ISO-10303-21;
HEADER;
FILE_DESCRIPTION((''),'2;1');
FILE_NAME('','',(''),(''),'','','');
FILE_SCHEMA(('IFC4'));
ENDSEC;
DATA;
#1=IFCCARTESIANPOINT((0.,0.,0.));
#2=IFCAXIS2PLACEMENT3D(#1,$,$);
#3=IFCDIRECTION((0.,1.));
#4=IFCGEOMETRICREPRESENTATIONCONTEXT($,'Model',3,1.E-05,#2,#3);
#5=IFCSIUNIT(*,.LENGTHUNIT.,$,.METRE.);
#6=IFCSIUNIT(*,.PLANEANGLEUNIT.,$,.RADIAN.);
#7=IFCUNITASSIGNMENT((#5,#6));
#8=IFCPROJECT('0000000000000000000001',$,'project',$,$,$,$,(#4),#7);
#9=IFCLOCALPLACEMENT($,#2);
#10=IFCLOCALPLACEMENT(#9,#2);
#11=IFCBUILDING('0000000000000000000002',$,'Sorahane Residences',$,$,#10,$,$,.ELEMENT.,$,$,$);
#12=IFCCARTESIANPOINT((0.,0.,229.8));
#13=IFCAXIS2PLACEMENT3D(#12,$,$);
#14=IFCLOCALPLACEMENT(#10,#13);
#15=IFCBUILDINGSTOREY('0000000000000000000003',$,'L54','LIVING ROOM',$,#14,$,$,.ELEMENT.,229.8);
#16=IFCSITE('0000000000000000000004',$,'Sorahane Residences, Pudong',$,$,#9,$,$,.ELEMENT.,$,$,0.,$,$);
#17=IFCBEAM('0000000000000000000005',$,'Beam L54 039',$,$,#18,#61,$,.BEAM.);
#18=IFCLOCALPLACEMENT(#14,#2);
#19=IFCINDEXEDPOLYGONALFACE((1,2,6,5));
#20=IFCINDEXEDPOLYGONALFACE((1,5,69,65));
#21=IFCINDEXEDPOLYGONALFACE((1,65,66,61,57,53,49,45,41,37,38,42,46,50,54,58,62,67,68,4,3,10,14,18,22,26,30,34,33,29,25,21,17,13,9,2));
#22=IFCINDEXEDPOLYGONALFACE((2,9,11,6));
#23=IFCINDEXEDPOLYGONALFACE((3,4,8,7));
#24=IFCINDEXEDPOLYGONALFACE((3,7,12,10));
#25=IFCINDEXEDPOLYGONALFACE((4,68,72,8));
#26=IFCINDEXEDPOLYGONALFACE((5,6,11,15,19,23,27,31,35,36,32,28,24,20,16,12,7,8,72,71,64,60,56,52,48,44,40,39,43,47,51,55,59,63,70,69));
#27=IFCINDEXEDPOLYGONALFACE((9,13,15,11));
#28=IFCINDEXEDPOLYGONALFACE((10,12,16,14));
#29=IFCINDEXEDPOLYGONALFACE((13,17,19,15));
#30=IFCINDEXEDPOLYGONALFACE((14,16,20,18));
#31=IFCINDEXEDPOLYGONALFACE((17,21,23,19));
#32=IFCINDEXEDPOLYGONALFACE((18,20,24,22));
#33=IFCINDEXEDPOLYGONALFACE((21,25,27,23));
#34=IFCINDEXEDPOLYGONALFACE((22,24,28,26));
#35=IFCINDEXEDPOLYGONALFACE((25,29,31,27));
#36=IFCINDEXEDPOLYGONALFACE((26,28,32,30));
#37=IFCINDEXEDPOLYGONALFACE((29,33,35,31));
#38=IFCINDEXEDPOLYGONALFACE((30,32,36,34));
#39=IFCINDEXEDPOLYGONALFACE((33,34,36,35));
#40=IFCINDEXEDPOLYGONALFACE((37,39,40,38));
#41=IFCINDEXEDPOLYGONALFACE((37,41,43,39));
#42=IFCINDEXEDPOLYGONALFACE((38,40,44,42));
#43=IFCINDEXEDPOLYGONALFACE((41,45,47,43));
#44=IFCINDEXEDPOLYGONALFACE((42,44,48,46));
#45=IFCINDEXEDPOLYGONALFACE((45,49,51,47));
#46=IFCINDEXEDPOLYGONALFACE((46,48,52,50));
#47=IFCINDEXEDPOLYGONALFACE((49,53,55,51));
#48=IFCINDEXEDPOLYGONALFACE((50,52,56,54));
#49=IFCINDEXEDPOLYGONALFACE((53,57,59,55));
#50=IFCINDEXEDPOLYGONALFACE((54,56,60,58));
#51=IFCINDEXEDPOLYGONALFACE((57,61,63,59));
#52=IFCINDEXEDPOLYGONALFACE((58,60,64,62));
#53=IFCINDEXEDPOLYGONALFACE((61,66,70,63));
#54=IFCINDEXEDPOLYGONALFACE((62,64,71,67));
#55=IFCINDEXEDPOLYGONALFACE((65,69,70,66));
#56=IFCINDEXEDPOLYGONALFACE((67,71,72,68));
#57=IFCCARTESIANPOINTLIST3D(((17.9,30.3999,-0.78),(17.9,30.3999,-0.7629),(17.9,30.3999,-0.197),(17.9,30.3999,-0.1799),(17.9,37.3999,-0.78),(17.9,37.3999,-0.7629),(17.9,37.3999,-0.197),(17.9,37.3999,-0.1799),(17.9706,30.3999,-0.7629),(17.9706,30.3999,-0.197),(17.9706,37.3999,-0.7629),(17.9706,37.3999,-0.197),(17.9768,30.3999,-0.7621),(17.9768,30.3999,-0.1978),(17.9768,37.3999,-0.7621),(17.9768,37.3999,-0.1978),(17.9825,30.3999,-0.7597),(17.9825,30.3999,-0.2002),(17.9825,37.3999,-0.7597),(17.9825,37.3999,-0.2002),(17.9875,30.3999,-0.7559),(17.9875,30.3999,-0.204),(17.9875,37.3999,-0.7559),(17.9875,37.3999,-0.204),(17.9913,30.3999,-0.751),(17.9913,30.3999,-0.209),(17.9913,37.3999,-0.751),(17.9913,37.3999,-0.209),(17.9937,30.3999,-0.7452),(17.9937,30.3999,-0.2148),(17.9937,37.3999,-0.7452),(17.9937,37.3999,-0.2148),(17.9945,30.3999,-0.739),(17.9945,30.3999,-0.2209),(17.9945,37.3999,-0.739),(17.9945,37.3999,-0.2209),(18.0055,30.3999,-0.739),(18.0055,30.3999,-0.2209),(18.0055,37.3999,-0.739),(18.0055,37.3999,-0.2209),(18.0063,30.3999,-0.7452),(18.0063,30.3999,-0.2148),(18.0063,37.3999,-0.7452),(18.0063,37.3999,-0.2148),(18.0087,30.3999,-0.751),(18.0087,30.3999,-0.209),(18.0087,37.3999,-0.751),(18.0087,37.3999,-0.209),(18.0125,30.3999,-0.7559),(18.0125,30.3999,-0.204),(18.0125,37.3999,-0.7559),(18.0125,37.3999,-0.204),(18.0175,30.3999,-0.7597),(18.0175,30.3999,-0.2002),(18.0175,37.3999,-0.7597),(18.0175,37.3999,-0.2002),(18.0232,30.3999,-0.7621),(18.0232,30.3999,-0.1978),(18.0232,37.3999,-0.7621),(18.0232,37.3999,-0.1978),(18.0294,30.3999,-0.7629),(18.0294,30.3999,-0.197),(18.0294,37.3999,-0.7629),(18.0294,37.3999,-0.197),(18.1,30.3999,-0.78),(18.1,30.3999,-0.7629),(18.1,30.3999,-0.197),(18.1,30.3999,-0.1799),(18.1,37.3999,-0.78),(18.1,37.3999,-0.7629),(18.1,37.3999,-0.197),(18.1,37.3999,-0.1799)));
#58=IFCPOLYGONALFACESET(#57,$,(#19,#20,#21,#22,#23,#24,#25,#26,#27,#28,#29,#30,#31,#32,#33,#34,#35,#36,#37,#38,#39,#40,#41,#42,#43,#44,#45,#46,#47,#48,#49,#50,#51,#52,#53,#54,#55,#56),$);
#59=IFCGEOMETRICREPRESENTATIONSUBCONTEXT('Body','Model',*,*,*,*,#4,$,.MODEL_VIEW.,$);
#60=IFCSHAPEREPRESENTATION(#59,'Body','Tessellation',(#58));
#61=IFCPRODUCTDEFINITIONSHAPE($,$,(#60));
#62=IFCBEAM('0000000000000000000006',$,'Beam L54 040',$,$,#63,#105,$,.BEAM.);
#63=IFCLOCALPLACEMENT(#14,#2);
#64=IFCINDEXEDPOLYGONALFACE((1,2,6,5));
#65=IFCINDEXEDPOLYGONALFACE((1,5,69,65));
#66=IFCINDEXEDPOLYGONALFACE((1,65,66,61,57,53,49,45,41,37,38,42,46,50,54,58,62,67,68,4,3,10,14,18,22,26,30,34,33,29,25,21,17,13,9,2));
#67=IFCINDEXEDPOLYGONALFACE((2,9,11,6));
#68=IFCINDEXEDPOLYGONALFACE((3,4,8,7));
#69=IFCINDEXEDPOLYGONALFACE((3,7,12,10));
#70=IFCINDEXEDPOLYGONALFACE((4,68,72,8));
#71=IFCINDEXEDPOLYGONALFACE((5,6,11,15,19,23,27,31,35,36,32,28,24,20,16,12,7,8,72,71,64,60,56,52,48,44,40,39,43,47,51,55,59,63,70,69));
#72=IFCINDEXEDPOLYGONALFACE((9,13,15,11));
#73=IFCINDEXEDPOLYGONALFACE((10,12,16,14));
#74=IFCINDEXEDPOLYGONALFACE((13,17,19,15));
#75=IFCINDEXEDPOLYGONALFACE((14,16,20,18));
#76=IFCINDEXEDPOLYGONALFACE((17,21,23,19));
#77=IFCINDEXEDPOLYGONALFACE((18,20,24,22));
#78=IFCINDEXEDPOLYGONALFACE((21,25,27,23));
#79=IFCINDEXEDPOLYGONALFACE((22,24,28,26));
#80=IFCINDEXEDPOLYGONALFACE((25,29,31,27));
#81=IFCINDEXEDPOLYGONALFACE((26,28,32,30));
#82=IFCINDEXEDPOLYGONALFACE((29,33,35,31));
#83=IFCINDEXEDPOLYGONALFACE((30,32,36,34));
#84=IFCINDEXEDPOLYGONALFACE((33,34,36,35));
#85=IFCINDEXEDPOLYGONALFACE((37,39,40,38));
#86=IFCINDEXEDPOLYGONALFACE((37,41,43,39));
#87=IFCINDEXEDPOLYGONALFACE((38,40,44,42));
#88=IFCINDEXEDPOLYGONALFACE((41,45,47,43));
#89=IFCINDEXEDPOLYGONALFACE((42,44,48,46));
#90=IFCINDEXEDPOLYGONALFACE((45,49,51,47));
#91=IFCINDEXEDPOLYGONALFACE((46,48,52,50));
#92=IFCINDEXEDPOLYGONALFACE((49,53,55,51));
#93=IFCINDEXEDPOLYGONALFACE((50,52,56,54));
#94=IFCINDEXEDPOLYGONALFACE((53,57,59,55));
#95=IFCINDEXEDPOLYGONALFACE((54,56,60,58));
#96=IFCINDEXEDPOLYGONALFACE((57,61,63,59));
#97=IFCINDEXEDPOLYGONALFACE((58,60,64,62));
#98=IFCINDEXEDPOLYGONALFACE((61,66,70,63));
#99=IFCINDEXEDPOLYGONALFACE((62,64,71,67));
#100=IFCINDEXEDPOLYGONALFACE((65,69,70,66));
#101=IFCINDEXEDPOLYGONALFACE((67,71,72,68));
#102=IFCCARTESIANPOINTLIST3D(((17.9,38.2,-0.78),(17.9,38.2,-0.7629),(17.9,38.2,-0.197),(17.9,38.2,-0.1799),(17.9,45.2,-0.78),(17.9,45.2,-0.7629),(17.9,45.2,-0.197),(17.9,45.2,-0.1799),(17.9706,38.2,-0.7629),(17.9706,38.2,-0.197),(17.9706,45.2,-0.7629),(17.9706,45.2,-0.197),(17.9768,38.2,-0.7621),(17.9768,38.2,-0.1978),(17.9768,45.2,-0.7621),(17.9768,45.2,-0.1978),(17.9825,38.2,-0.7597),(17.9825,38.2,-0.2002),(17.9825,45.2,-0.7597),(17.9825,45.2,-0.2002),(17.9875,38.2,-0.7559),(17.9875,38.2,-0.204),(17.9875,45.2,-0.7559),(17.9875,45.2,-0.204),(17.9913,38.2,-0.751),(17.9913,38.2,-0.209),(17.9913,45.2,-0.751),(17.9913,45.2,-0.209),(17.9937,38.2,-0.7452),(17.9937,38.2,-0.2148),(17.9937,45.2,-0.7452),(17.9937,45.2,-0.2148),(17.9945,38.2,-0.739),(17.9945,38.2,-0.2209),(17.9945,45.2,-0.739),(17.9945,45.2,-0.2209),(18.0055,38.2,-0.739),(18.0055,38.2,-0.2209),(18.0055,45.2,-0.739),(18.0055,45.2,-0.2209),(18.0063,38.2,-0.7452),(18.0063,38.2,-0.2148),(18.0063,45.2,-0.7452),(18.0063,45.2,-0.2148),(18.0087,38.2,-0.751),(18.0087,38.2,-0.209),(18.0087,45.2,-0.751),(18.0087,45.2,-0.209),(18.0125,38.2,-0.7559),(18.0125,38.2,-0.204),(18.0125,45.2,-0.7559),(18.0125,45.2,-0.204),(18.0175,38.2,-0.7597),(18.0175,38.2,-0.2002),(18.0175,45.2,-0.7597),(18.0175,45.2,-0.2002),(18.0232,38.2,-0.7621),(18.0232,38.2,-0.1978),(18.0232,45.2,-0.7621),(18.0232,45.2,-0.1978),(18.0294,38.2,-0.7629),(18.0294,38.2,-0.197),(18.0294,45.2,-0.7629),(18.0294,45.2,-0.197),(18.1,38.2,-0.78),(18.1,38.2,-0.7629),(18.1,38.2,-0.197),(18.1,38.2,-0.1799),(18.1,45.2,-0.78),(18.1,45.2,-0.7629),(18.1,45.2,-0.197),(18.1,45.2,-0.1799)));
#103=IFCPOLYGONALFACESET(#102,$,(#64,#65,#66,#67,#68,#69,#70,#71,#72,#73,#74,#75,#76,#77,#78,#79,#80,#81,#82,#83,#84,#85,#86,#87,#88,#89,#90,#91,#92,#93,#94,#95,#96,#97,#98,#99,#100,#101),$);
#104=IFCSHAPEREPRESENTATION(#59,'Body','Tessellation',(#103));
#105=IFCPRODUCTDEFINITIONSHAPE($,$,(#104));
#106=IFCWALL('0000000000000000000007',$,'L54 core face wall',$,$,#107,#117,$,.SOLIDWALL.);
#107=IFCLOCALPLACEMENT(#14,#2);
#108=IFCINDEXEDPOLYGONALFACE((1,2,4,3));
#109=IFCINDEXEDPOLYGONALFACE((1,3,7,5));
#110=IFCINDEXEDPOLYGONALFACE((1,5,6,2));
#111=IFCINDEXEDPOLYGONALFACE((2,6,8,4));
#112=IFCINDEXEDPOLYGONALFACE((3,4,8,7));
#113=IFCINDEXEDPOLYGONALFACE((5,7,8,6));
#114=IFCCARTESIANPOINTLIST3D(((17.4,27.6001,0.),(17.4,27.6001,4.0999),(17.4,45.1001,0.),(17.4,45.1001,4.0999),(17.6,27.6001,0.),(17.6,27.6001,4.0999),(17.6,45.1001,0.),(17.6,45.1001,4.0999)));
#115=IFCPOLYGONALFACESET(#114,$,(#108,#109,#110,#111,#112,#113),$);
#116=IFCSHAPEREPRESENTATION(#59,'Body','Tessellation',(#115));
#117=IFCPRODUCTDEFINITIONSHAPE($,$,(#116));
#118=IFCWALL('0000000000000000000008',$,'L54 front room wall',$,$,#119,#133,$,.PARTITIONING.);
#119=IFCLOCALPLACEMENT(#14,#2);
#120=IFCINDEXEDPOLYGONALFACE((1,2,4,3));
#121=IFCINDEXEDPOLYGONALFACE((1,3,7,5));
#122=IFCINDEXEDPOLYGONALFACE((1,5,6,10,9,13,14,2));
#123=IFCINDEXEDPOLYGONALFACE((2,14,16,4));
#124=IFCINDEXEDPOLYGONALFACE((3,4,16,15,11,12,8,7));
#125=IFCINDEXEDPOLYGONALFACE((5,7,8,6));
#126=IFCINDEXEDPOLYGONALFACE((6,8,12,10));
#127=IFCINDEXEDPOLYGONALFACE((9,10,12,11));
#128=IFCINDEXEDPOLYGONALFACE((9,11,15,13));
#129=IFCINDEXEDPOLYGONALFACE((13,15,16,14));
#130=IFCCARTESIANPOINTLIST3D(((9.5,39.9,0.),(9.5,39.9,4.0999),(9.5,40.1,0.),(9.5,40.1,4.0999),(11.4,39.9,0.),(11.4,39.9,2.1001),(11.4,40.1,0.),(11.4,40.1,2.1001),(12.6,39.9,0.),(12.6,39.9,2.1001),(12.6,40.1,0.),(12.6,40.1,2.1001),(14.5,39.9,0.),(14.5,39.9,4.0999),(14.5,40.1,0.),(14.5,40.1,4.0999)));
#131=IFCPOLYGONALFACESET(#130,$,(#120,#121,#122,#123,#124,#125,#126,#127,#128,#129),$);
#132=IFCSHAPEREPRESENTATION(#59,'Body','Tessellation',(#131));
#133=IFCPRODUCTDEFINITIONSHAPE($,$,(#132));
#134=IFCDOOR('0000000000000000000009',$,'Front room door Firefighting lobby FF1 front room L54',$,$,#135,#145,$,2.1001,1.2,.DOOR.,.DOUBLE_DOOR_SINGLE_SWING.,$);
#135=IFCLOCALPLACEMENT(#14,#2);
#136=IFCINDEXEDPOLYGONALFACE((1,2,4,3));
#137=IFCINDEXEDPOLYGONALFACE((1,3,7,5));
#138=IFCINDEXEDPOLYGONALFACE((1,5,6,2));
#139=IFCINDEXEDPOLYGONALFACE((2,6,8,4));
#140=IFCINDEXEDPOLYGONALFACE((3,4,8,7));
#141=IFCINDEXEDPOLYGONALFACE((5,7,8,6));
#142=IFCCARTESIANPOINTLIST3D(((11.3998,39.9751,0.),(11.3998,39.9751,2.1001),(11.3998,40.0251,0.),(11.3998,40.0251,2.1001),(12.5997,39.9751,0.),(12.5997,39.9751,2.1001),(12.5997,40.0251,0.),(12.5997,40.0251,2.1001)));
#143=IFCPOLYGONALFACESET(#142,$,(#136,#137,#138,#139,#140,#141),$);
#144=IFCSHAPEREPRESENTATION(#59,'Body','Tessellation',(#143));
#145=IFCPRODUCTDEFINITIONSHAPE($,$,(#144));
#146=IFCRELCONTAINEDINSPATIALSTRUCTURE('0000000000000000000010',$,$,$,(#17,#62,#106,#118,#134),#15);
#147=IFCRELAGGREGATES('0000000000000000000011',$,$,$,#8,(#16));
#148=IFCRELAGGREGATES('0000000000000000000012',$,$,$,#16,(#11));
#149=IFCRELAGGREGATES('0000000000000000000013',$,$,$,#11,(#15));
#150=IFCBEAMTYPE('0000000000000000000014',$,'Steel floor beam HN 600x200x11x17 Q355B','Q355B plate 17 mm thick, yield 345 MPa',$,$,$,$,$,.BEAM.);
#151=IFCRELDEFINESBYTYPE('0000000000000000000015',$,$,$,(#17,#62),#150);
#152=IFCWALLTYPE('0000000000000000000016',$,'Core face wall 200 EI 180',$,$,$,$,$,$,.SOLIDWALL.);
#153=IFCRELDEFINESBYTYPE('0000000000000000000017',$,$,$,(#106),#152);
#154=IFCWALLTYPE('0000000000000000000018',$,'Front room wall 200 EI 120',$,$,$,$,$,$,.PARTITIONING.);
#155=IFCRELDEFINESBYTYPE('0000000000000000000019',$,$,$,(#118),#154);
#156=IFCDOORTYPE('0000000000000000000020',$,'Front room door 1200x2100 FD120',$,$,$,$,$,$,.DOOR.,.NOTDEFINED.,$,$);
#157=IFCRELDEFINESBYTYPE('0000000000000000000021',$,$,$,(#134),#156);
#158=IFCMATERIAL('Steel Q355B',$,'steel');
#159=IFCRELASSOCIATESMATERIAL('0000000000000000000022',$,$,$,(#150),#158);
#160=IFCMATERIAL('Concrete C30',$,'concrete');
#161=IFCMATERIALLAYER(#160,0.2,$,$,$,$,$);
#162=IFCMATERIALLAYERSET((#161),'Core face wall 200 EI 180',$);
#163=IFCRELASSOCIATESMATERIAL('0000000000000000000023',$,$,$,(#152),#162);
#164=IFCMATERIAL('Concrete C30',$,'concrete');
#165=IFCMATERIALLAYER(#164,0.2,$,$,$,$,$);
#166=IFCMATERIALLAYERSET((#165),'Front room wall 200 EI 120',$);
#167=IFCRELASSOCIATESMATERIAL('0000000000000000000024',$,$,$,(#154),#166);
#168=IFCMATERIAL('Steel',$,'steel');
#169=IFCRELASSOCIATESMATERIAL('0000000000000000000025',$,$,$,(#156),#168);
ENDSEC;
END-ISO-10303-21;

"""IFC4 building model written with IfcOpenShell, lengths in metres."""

from ifc_helpers import new_model, si_unit, direction, frame, frame_2d, origin, origin_2d, place, context, subcontext, project, spatial, rectangle, i_section, extrude, material, layer, layer_set, material_profile, profile_set, type_object, element, fill, save


model = new_model("IFC4")

# Units and contexts
model_context = context("Model", 3, precision=1e-05, world=origin(), true_north=direction((0.0, 1.0)))
body_context = subcontext(model_context, "Body", "Model", "MODEL_VIEW")
ifc_project = project(units=[si_unit("LENGTHUNIT", "METRE"), si_unit("PLANEANGLEUNIT", "RADIAN")], contexts=[model_context])

# Site, building, storey
site_placement = place(None, origin())
site = spatial("IfcSite", under=ifc_project, at=site_placement, Name="Sorahane Residences, Pudong", CompositionType="ELEMENT", RefElevation=0.0)
building_placement = place(site_placement, origin())
building = spatial("IfcBuilding", under=site, at=building_placement, Name="Sorahane Residences", CompositionType="ELEMENT")
storey_placement = place(building_placement, frame((0.0, 0.0, 229.8)))
storey = spatial("IfcBuildingStorey", under=building, at=storey_placement, Name="L54", Description="LIVING ROOM", CompositionType="ELEMENT", Elevation=229.8)

# Beams
ifc_material_1 = material(Name="Steel Q355B", Category="steel")
ifc_material_profile_1 = material_profile(ifc_material_1, i_section(OverallWidth=0.2, OverallDepth=0.6001, WebThickness=0.011, FlangeThickness=0.0171, FilletRadius=0.0239, at=origin_2d()), Name="HN 600x200x11x17")
ifc_profile_set_1 = profile_set([ifc_material_profile_1], Name="Steel Q355B")
beam_type_1 = type_object("IfcBeamType", Name="Steel floor beam HN 600x200x11x17 Q355B", Description="Q355B plate 17 mm thick, yield 345 MPa", PredefinedType="BEAM", material=ifc_profile_set_1)
for number, where, z_axis, x_axis, name in (
    (1, (18.0, 30.3999, -0.48), (0.0, 1.0, 0.0), (-1.0, 0.0, 0.0), "Beam L54 039"),
    (2, (18.0, 38.2, -0.48), (0.0, 1.0, 0.0), (-1.0, 0.0, 0.0), "Beam L54 040"),
):
    element("IfcBeam", number, at=place(storey_placement, frame(where, z_axis=z_axis, x_axis=x_axis)), inside=storey, type_object=beam_type_1, Name=name, PredefinedType="BEAM", context=body_context, shape_type="SweptSolid", body=[
        extrude(i_section(OverallWidth=0.2, OverallDepth=0.6001, WebThickness=0.011, FlangeThickness=0.0171, FilletRadius=0.0239, at=origin_2d()), origin(), (0.0, 0.0, 1.0), 7.0),
    ])

# Wall
ifc_material_2 = material(Name="Concrete C30", Category="concrete")
ifc_layer_1 = layer(ifc_material_2, 0.2)
ifc_layer_set_1 = layer_set([ifc_layer_1], Name="Core face wall 200 EI 180")
wall_type_1 = type_object("IfcWallType", Name="Core face wall 200 EI 180", PredefinedType="SOLIDWALL", material=ifc_layer_set_1)
wall_1_placement = place(storey_placement, frame((17.5, 27.6001, 0.0), z_axis=(0.0, 0.0, 1.0), x_axis=(0.0, 1.0, 0.0)))
element("IfcWall", 3, at=wall_1_placement, inside=storey, type_object=wall_type_1, Name="L54 core face wall", PredefinedType="SOLIDWALL", context=body_context, shape_type="SweptSolid", body=[
    extrude(rectangle(XDim=17.5, YDim=0.2, at=frame_2d((8.75, 0.0))), origin(), (0.0, 0.0, 1.0), 4.0999),
])

# Wall, opening, door
ifc_material_3 = material(Name="Concrete C30", Category="concrete")
ifc_layer_2 = layer(ifc_material_3, 0.2)
ifc_layer_set_2 = layer_set([ifc_layer_2], Name="Front room wall 200 EI 120")
wall_type_2 = type_object("IfcWallType", Name="Front room wall 200 EI 120", PredefinedType="PARTITIONING", material=ifc_layer_set_2)
wall_2_placement = place(storey_placement, frame((9.5, 40.0, 0.0), z_axis=(0.0, 0.0, 1.0), x_axis=(1.0, 0.0, 0.0)))
wall_2 = element("IfcWall", 4, at=wall_2_placement, inside=storey, type_object=wall_type_2, Name="L54 front room wall", PredefinedType="PARTITIONING", context=body_context, shape_type="SweptSolid", body=[
    extrude(rectangle(XDim=5.0, YDim=0.2, at=frame_2d((2.5, 0.0))), origin(), (0.0, 0.0, 1.0), 4.0999),
])
opening_1_placement = place(wall_2_placement, frame((1.8999, 0.0, 0.0)))
opening_1 = element("IfcOpeningElement", 5, at=opening_1_placement, cuts=wall_2, PredefinedType="OPENING", context=body_context, shape_type="SweptSolid", body=[
    extrude(rectangle(XDim=1.2, YDim=2.1001, at=frame_2d((0.6001, 1.05))), frame((0.0, 0.1099, 0.0), z_axis=(0.0, -1.0, 0.0), x_axis=(1.0, 0.0, 0.0)), (0.0, 0.0, 1.0), 0.22),
])
ifc_material_4 = material(Name="Steel", Category="steel")
door_type_1 = type_object("IfcDoorType", Name="Front room door 1200x2100 FD120", OperationType="NOTDEFINED", PredefinedType="DOOR", material=ifc_material_4)
door_1_placement = place(opening_1_placement, frame((1.2, 0.0, 0.0), z_axis=(0.0, 0.0, 1.0), x_axis=(-1.0, 0.0, 0.0)))
door_1 = element("IfcDoor", 6, at=door_1_placement, inside=storey, type_object=door_type_1, Name="Front room door Firefighting lobby FF1 front room L54", OperationType="DOUBLE_DOOR_SINGLE_SWING", OverallHeight=2.1001, OverallWidth=1.2, PredefinedType="DOOR", context=body_context, shape_type="SweptSolid", body=[
    extrude(rectangle(XDim=1.2, YDim=2.1001, at=frame_2d((0.6001, 1.05))), frame((0.0, 0.0249, 0.0), z_axis=(0.0, -1.0, 0.0), x_axis=(1.0, 0.0, 0.0)), (0.0, 0.0, 1.0), 0.05),
])
fill(opening_1, door_1)

save(model, "model.ifc")
